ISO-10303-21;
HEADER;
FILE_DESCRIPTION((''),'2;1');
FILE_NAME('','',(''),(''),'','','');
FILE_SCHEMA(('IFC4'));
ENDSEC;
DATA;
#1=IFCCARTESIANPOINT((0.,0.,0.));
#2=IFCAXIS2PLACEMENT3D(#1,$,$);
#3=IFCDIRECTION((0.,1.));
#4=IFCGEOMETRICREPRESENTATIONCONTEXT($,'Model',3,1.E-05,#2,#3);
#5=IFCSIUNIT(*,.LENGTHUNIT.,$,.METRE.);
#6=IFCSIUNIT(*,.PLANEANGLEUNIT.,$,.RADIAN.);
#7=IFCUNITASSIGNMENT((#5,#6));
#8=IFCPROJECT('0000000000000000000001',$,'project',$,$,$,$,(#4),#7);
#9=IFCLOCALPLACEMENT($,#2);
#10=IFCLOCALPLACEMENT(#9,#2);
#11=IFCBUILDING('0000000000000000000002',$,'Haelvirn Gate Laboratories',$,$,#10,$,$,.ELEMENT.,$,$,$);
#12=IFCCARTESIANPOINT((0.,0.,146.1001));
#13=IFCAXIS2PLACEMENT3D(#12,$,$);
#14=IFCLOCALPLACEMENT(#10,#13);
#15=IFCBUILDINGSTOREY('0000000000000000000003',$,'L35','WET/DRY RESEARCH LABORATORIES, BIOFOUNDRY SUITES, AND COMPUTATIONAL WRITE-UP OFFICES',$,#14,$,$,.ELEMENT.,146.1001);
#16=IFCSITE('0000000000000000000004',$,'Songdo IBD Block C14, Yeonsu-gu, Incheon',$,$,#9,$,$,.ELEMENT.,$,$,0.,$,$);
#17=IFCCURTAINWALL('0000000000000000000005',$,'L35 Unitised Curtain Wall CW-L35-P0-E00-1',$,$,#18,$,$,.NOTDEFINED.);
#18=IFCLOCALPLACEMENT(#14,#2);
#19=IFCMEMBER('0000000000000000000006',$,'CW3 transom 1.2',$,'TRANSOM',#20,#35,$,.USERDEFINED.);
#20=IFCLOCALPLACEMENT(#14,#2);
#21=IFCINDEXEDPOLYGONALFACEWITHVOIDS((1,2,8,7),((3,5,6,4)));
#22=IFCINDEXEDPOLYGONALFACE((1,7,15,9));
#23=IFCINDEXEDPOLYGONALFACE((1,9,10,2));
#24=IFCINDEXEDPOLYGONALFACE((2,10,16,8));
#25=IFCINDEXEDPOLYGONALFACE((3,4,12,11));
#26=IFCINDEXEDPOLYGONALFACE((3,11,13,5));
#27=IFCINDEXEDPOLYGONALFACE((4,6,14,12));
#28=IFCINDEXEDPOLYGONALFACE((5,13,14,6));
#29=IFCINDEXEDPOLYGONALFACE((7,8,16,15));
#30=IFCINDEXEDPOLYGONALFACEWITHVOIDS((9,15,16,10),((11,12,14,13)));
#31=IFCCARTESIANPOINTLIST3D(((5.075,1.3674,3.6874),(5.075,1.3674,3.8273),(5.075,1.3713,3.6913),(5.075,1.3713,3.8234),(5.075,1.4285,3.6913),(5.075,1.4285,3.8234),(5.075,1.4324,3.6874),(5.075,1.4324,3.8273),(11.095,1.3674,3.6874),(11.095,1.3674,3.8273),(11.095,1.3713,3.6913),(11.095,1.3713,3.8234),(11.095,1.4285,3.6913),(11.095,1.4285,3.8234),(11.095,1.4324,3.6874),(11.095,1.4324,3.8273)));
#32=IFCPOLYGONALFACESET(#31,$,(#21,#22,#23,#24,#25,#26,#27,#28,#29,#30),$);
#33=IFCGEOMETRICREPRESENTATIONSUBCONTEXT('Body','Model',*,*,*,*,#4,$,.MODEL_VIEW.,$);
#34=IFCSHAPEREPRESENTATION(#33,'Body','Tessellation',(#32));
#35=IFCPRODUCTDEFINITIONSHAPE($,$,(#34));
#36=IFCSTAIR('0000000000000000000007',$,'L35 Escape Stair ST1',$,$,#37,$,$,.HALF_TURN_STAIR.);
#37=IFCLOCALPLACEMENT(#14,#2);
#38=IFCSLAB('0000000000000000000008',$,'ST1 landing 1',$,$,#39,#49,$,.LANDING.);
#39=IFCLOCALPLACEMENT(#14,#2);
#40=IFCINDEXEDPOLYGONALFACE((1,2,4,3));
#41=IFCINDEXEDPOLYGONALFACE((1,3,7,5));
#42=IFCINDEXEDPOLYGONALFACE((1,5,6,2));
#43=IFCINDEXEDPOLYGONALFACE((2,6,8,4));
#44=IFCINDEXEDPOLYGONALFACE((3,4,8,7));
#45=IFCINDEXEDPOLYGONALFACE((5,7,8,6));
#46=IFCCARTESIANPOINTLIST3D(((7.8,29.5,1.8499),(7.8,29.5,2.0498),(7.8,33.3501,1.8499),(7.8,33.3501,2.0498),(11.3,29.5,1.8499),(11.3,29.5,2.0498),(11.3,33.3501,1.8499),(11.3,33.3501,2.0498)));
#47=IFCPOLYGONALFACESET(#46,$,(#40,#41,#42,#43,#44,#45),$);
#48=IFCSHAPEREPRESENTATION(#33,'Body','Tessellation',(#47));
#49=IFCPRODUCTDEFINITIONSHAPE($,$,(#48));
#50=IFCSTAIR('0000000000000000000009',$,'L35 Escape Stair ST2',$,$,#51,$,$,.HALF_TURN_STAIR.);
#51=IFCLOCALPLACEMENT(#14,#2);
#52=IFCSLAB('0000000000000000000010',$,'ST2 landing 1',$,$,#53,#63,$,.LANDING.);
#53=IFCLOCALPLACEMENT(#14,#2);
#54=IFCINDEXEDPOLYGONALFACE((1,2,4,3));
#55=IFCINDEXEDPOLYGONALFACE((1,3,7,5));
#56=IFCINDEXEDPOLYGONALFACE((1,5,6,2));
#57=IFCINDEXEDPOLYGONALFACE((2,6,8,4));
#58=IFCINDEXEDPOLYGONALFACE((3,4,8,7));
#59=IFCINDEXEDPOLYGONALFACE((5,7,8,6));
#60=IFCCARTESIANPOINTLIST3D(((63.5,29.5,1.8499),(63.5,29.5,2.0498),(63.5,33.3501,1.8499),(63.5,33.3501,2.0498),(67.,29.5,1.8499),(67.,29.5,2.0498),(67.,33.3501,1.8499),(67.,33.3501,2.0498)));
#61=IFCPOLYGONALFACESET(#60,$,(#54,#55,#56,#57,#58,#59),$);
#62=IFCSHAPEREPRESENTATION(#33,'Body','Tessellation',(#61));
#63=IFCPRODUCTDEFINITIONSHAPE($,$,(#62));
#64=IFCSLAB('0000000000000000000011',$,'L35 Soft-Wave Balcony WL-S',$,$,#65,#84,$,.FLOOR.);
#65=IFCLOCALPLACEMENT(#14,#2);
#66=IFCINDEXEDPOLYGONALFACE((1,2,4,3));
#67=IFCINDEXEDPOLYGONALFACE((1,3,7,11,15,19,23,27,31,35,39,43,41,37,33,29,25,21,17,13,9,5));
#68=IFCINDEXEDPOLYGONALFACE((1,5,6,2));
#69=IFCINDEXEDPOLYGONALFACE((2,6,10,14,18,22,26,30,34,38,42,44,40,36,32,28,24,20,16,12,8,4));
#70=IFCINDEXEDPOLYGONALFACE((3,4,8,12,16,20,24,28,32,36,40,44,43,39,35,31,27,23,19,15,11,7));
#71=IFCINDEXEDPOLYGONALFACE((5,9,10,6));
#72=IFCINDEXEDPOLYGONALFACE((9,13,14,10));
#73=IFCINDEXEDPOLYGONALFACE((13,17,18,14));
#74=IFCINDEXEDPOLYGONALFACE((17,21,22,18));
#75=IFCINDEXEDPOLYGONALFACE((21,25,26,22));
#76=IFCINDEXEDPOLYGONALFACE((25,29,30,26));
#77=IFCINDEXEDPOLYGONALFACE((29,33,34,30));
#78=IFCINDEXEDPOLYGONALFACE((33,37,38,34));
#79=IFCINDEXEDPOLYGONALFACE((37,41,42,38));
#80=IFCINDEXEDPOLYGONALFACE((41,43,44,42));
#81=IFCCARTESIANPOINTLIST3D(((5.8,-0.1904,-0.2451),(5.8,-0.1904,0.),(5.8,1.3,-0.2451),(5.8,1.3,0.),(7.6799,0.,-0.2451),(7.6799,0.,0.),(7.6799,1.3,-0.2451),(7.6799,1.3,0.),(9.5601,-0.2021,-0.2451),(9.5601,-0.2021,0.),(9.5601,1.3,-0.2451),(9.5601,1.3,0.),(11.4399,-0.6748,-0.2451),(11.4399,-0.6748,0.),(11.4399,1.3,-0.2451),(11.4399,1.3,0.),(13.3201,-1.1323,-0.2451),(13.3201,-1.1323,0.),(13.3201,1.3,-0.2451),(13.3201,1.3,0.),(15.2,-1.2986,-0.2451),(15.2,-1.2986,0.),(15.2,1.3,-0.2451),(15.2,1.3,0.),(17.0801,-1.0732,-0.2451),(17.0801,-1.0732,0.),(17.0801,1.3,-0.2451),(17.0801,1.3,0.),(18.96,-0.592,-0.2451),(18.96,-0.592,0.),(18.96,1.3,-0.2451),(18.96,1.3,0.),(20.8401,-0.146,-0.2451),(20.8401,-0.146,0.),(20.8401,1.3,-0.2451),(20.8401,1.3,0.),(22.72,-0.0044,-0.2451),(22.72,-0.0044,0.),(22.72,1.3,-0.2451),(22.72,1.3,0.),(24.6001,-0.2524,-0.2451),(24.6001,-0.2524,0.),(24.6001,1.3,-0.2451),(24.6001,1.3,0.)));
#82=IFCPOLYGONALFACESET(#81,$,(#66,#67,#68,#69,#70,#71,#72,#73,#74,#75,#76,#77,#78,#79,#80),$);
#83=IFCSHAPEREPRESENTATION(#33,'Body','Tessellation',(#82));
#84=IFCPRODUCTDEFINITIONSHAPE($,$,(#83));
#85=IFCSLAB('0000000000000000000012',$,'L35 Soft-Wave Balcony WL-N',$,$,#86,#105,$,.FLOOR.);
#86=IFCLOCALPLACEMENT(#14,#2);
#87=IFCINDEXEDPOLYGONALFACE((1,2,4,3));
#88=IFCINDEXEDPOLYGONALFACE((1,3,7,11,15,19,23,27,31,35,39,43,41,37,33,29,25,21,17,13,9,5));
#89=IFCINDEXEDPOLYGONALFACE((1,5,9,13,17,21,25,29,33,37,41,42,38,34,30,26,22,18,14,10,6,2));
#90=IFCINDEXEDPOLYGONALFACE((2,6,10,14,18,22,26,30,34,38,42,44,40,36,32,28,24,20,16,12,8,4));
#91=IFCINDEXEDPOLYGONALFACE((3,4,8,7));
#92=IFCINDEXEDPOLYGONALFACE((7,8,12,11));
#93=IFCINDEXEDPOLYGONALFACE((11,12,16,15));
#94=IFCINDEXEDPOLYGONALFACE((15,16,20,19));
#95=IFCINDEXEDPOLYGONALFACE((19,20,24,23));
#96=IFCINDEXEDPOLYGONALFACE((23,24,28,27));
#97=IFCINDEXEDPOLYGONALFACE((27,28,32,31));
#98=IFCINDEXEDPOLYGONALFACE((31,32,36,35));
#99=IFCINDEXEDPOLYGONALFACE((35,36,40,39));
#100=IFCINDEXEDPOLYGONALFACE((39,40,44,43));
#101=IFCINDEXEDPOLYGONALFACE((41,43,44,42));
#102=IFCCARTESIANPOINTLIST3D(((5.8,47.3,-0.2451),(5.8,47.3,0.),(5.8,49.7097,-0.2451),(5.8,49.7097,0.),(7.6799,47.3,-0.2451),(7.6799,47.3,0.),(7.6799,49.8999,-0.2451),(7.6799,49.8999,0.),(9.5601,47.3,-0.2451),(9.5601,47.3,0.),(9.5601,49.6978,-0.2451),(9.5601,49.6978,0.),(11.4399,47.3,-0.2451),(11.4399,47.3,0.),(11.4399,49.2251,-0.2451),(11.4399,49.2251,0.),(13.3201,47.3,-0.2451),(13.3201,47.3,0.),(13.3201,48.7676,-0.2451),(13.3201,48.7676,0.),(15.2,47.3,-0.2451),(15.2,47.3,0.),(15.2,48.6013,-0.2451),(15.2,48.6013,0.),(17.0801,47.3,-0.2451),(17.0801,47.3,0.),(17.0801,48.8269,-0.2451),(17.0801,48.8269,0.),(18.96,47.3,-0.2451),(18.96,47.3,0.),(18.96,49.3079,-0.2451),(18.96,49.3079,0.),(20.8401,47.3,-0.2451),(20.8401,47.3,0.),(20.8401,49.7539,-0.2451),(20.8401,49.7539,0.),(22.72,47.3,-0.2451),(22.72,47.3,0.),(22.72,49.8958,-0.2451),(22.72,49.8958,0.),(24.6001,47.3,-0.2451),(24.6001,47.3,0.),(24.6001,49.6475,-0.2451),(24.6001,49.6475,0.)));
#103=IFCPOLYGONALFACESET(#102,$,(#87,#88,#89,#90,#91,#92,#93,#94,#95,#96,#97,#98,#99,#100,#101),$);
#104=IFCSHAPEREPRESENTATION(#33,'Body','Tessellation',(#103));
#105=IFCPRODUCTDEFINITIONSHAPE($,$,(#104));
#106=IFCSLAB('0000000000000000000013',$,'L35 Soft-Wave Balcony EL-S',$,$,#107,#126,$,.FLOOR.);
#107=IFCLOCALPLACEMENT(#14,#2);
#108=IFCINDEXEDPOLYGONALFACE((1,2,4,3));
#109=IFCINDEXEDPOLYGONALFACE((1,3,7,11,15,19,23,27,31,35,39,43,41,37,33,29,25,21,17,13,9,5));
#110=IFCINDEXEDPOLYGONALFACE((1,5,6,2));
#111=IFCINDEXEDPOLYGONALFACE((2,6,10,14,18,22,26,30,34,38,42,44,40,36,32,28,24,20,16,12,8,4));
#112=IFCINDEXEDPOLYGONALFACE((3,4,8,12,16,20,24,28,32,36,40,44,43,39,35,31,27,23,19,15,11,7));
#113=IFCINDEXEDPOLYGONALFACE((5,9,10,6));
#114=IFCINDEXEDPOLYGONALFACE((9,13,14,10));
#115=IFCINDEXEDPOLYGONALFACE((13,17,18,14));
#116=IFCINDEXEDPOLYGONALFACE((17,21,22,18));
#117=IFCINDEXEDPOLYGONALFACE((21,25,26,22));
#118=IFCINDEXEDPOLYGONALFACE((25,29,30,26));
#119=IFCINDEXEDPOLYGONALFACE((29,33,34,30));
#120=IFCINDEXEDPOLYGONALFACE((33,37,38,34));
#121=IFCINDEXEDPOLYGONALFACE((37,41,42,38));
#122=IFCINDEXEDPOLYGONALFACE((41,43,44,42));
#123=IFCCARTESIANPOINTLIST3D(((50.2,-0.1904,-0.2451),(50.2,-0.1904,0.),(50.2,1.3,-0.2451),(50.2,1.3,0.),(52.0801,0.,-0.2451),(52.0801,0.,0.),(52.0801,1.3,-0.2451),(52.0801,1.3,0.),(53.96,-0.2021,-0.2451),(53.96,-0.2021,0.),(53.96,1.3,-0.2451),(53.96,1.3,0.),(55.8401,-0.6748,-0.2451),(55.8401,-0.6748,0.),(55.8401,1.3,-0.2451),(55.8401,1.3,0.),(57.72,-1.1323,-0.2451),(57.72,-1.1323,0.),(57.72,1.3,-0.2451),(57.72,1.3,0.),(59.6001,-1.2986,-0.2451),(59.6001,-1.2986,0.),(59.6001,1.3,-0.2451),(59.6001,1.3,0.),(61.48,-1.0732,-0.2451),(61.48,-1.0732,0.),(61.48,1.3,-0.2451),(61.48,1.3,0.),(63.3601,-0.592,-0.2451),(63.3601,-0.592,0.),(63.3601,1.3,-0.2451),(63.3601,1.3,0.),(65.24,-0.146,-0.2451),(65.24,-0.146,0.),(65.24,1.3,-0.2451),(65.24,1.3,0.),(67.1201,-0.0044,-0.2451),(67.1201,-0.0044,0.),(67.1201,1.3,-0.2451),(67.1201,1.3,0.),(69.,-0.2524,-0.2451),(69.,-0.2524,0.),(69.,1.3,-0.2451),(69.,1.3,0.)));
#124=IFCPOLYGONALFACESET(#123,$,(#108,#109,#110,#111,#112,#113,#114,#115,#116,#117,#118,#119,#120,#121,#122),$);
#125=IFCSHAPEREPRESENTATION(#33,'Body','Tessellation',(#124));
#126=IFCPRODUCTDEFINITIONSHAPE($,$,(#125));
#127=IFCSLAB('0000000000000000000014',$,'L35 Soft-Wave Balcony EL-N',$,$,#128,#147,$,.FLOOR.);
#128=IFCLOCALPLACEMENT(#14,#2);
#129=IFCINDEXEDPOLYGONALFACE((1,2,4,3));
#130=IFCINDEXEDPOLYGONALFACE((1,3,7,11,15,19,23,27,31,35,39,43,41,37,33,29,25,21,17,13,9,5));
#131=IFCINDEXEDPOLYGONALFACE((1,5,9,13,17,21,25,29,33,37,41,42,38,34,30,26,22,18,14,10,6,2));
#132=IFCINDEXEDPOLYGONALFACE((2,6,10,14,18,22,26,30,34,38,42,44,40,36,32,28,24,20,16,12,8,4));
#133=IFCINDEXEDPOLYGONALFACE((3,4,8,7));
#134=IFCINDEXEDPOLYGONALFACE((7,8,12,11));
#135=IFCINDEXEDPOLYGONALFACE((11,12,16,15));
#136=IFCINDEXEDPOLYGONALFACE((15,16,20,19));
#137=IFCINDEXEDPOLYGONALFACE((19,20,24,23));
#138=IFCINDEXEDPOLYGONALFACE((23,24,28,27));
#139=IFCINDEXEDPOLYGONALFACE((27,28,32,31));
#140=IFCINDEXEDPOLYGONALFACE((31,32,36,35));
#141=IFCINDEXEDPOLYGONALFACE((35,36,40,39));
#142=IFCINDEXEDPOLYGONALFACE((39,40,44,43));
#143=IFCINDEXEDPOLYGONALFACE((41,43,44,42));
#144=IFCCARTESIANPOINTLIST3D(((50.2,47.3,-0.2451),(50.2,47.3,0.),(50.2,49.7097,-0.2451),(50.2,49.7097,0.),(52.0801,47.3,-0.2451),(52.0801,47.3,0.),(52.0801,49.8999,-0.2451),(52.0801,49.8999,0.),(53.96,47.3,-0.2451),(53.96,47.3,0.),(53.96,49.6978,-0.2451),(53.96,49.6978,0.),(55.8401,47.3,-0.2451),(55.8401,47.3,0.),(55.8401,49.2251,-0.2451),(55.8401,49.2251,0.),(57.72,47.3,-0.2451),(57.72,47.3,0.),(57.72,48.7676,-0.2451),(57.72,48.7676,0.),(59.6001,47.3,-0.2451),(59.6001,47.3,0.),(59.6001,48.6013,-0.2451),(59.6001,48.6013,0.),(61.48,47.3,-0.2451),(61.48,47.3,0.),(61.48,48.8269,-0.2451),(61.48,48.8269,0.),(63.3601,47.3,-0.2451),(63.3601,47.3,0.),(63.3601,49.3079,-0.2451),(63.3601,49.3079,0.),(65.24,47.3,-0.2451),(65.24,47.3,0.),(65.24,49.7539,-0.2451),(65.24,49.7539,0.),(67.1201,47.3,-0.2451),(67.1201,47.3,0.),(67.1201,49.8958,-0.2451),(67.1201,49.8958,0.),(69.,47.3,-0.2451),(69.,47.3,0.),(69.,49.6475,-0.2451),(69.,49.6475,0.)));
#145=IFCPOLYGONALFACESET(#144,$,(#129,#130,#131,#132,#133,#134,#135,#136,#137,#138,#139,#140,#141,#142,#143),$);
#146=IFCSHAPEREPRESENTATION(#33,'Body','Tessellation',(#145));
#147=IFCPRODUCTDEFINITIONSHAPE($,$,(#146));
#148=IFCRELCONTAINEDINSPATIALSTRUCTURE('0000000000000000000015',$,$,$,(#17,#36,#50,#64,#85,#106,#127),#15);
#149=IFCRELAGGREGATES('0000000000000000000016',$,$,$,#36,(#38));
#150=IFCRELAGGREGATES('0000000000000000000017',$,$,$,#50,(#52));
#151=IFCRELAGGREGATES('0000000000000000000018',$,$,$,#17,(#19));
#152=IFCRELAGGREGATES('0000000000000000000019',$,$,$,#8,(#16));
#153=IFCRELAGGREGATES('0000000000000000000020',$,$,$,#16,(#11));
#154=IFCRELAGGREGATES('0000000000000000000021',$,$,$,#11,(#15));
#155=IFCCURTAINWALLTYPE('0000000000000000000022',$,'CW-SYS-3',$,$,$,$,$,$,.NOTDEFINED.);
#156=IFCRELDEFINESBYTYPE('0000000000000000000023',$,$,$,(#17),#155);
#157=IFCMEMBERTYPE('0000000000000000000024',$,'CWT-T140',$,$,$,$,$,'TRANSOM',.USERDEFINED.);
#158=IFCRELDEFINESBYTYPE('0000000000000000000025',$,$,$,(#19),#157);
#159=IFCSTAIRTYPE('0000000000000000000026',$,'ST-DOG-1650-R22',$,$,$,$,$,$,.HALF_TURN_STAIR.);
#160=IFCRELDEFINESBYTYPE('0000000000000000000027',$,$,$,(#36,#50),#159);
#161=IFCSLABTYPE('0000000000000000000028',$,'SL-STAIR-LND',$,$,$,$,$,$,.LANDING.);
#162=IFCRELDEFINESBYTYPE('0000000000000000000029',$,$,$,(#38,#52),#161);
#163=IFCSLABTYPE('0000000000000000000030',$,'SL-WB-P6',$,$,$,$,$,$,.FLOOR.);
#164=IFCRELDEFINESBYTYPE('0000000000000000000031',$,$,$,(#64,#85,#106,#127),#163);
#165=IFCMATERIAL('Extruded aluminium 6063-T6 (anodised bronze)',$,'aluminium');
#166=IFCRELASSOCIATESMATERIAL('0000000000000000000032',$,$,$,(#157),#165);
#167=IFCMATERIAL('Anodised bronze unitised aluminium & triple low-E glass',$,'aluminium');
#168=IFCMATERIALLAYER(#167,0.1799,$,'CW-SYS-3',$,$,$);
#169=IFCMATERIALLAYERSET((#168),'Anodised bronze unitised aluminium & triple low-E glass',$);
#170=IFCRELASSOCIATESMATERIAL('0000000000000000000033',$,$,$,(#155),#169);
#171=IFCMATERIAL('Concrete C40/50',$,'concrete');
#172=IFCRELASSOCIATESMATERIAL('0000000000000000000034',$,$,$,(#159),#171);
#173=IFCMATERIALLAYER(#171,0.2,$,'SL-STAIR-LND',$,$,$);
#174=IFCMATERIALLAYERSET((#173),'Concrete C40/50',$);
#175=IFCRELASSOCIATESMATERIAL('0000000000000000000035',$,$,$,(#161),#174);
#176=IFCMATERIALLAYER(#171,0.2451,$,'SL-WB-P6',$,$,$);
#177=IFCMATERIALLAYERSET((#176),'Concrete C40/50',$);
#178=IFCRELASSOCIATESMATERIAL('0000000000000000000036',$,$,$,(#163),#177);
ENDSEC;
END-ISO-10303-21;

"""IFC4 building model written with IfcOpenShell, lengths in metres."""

from ifc_helpers import new_model, si_unit, direction, frame, origin, origin_2d, place, context, subcontext, project, spatial, polyline, hollow_rectangle, outline, extrude, source, transform, mapped, material, layer, layer_set, material_profile, profile_set, type_object, element, aggregate, save


model = new_model("IFC4")

# Units and contexts
model_context = context("Model", 3, precision=1e-05, world=origin(), true_north=direction((0.0, 1.0)))
body_context = subcontext(model_context, "Body", "Model", "MODEL_VIEW")
ifc_project = project(units=[si_unit("LENGTHUNIT", "METRE"), si_unit("PLANEANGLEUNIT", "RADIAN")], contexts=[model_context])

# Site, building, storey
site_placement = place(None, origin())
site = spatial("IfcSite", under=ifc_project, at=site_placement, Name="Songdo IBD Block C14, Yeonsu-gu, Incheon", CompositionType="ELEMENT", RefElevation=0.0)
building_placement = place(site_placement, origin())
building = spatial("IfcBuilding", under=site, at=building_placement, Name="Haelvirn Gate Laboratories", CompositionType="ELEMENT")
storey_placement = place(building_placement, frame((0.0, 0.0, 146.1001)))
storey = spatial("IfcBuildingStorey", under=building, at=storey_placement, Name="L35", Description="WET/DRY RESEARCH LABORATORIES, BIOFOUNDRY SUITES, AND COMPUTATIONAL WRITE-UP OFFICES", CompositionType="ELEMENT", Elevation=146.1001)

# Curtain wall
ifc_material_1 = material(Name="Anodised bronze unitised aluminium & triple low-E glass", Category="aluminium")
ifc_material_2 = material(Name="Extruded aluminium 6063-T6 (anodised bronze)", Category="aluminium")
ifc_material_profile_1 = material_profile(ifc_material_2, hollow_rectangle(XDim=0.0649, YDim=0.1399, WallThickness=0.0039, at=origin_2d()), Name="CWT-140x65x4")
ifc_profile_set_1 = profile_set([ifc_material_profile_1], Name="Extruded aluminium 6063-T6 (anodised bronze)")
member_type_1 = type_object("IfcMemberType", Name="CWT-T140", ElementType="TRANSOM", PredefinedType="USERDEFINED", material=ifc_profile_set_1)
ifc_layer_1 = layer(ifc_material_1, 0.1799, Name="CW-SYS-3")
ifc_layer_set_1 = layer_set([ifc_layer_1], Name="Anodised bronze unitised aluminium & triple low-E glass")
curtain_wall_type_1 = type_object("IfcCurtainWallType", Name="CW-SYS-3", PredefinedType="NOTDEFINED", material=ifc_layer_set_1)
curtain_wall_1_placement = place(storey_placement, origin())
curtain_wall_1 = element("IfcCurtainWall", 1, at=curtain_wall_1_placement, inside=storey, type_object=curtain_wall_type_1, Name="L35 Unitised Curtain Wall CW-L35-P0-E00-1", PredefinedType="NOTDEFINED")

# Member
shared_shape_1 = source(origin(), body_context, "Body", "SweptSolid", [
    extrude(hollow_rectangle(XDim=0.0649, YDim=0.1399, WallThickness=0.0039, at=origin_2d()), origin(), (0.0, 0.0, 1.0), 6.02),
])
member_1_placement = place(storey_placement, frame((5.075, 1.3999, 3.7573), z_axis=(1.0, 0.0, 0.0), x_axis=(0.0, 1.0, 0.0)))
member_1 = element("IfcMember", 2, at=member_1_placement, type_object=member_type_1, Name="CW3 transom 1.2", ObjectType="TRANSOM", PredefinedType="USERDEFINED", context=body_context, shape_type="MappedRepresentation", body=[
    mapped(shared_shape_1, transform((0.0, 0.0, 0.0), scale=1.0)),
])

# Stairs, slabs
ifc_material_3 = material(Name="Concrete C40/50", Category="concrete")
stair_type = type_object("IfcStairType", Name="ST-DOG-1650-R22", PredefinedType="HALF_TURN_STAIR", material=ifc_material_3)
stair_1_placement = place(storey_placement, origin())
stair_1 = element("IfcStair", 3, at=stair_1_placement, inside=storey, type_object=stair_type, Name="L35 Escape Stair ST1", PredefinedType="HALF_TURN_STAIR")
ifc_layer_2 = layer(ifc_material_3, 0.2, Name="SL-STAIR-LND")
ifc_layer_set_2 = layer_set([ifc_layer_2], Name="Concrete C40/50")
slab_type_1 = type_object("IfcSlabType", Name="SL-STAIR-LND", PredefinedType="LANDING", material=ifc_layer_set_2)
slab_1_placement = place(storey_placement, frame((0.0, 0.0, 1.8499)))
slab_1 = element("IfcSlab", 4, at=slab_1_placement, type_object=slab_type_1, Name="ST1 landing 1", PredefinedType="LANDING", context=body_context, shape_type="SweptSolid", body=[
    extrude(outline(polyline([(11.3, 29.5), (11.3, 33.3501), (7.8, 33.3501), (7.8, 29.5), (11.3, 29.5)])), origin(), (0.0, 0.0, 1.0), 0.2),
])
aggregate(stair_1, [slab_1])
stair_2_placement = place(storey_placement, origin())
stair_2 = element("IfcStair", 5, at=stair_2_placement, inside=storey, type_object=stair_type, Name="L35 Escape Stair ST2", PredefinedType="HALF_TURN_STAIR")
slab_2_placement = place(storey_placement, frame((0.0, 0.0, 1.8499)))
slab_2 = element("IfcSlab", 6, at=slab_2_placement, type_object=slab_type_1, Name="ST2 landing 1", PredefinedType="LANDING", context=body_context, shape_type="SweptSolid", body=[
    extrude(outline(polyline([(67.0, 29.5), (67.0, 33.3501), (63.5, 33.3501), (63.5, 29.5), (67.0, 29.5)])), origin(), (0.0, 0.0, 1.0), 0.2),
])
aggregate(stair_2, [slab_2])

# Slabs
ifc_layer_3 = layer(ifc_material_3, 0.2451, Name="SL-WB-P6")
ifc_layer_set_3 = layer_set([ifc_layer_3], Name="Concrete C40/50")
slab_type_2 = type_object("IfcSlabType", Name="SL-WB-P6", PredefinedType="FLOOR", material=ifc_layer_set_3)
slab_3_placement = place(storey_placement, frame((0.0, 0.0, -0.2451)))
element("IfcSlab", 7, at=slab_3_placement, inside=storey, type_object=slab_type_2, Name="L35 Soft-Wave Balcony WL-S", PredefinedType="FLOOR", context=body_context, shape_type="SweptSolid", body=[
    extrude(outline(polyline([(5.8, -0.1904), (7.6799, 0.0), (9.5601, -0.2021), (11.4399, -0.6748), (13.3201, -1.1323), (15.2, -1.2986), (17.0801, -1.0732), (18.96, -0.592), (20.8401, -0.146), (22.72, -0.0044), (24.6001, -0.2524), (24.6001, 1.3), (22.72, 1.3), (20.8401, 1.3), (18.96, 1.3), (17.0801, 1.3), (15.2, 1.3), (13.3201, 1.3), (11.4399, 1.3), (9.5601, 1.3), (7.6799, 1.3), (5.8, 1.3), (5.8, -0.1904)])), origin(), (0.0, 0.0, 1.0), 0.2451),
])
slab_4_placement = place(storey_placement, frame((0.0, 0.0, -0.2451)))
element("IfcSlab", 8, at=slab_4_placement, inside=storey, type_object=slab_type_2, Name="L35 Soft-Wave Balcony WL-N", PredefinedType="FLOOR", context=body_context, shape_type="SweptSolid", body=[
    extrude(outline(polyline([(5.8, 47.3), (7.6799, 47.3), (9.5601, 47.3), (11.4399, 47.3), (13.3201, 47.3), (15.2, 47.3), (17.0801, 47.3), (18.96, 47.3), (20.8401, 47.3), (22.72, 47.3), (24.6001, 47.3), (24.6001, 49.6475), (22.72, 49.8958), (20.8401, 49.7539), (18.96, 49.3079), (17.0801, 48.8269), (15.2, 48.6013), (13.3201, 48.7676), (11.4399, 49.2251), (9.5601, 49.6978), (7.6799, 49.8999), (5.8, 49.7097), (5.8, 47.3)])), origin(), (0.0, 0.0, 1.0), 0.2451),
])
slab_5_placement = place(storey_placement, frame((0.0, 0.0, -0.2451)))
element("IfcSlab", 9, at=slab_5_placement, inside=storey, type_object=slab_type_2, Name="L35 Soft-Wave Balcony EL-S", PredefinedType="FLOOR", context=body_context, shape_type="SweptSolid", body=[
    extrude(outline(polyline([(50.2, -0.1904), (52.0801, 0.0), (53.96, -0.2021), (55.8401, -0.6748), (57.72, -1.1323), (59.6001, -1.2986), (61.48, -1.0732), (63.3601, -0.592), (65.24, -0.146), (67.1201, -0.0044), (69.0, -0.2524), (69.0, 1.3), (67.1201, 1.3), (65.24, 1.3), (63.3601, 1.3), (61.48, 1.3), (59.6001, 1.3), (57.72, 1.3), (55.8401, 1.3), (53.96, 1.3), (52.0801, 1.3), (50.2, 1.3), (50.2, -0.1904)])), origin(), (0.0, 0.0, 1.0), 0.2451),
])
slab_6_placement = place(storey_placement, frame((0.0, 0.0, -0.2451)))
element("IfcSlab", 10, at=slab_6_placement, inside=storey, type_object=slab_type_2, Name="L35 Soft-Wave Balcony EL-N", PredefinedType="FLOOR", context=body_context, shape_type="SweptSolid", body=[
    extrude(outline(polyline([(50.2, 47.3), (52.0801, 47.3), (53.96, 47.3), (55.8401, 47.3), (57.72, 47.3), (59.6001, 47.3), (61.48, 47.3), (63.3601, 47.3), (65.24, 47.3), (67.1201, 47.3), (69.0, 47.3), (69.0, 49.6475), (67.1201, 49.8958), (65.24, 49.7539), (63.3601, 49.3079), (61.48, 48.8269), (59.6001, 48.6013), (57.72, 48.7676), (55.8401, 49.2251), (53.96, 49.6978), (52.0801, 49.8999), (50.2, 49.7097), (50.2, 47.3)])), origin(), (0.0, 0.0, 1.0), 0.2451),
])

aggregate(curtain_wall_1, [member_1])

save(model, "model.ifc")
